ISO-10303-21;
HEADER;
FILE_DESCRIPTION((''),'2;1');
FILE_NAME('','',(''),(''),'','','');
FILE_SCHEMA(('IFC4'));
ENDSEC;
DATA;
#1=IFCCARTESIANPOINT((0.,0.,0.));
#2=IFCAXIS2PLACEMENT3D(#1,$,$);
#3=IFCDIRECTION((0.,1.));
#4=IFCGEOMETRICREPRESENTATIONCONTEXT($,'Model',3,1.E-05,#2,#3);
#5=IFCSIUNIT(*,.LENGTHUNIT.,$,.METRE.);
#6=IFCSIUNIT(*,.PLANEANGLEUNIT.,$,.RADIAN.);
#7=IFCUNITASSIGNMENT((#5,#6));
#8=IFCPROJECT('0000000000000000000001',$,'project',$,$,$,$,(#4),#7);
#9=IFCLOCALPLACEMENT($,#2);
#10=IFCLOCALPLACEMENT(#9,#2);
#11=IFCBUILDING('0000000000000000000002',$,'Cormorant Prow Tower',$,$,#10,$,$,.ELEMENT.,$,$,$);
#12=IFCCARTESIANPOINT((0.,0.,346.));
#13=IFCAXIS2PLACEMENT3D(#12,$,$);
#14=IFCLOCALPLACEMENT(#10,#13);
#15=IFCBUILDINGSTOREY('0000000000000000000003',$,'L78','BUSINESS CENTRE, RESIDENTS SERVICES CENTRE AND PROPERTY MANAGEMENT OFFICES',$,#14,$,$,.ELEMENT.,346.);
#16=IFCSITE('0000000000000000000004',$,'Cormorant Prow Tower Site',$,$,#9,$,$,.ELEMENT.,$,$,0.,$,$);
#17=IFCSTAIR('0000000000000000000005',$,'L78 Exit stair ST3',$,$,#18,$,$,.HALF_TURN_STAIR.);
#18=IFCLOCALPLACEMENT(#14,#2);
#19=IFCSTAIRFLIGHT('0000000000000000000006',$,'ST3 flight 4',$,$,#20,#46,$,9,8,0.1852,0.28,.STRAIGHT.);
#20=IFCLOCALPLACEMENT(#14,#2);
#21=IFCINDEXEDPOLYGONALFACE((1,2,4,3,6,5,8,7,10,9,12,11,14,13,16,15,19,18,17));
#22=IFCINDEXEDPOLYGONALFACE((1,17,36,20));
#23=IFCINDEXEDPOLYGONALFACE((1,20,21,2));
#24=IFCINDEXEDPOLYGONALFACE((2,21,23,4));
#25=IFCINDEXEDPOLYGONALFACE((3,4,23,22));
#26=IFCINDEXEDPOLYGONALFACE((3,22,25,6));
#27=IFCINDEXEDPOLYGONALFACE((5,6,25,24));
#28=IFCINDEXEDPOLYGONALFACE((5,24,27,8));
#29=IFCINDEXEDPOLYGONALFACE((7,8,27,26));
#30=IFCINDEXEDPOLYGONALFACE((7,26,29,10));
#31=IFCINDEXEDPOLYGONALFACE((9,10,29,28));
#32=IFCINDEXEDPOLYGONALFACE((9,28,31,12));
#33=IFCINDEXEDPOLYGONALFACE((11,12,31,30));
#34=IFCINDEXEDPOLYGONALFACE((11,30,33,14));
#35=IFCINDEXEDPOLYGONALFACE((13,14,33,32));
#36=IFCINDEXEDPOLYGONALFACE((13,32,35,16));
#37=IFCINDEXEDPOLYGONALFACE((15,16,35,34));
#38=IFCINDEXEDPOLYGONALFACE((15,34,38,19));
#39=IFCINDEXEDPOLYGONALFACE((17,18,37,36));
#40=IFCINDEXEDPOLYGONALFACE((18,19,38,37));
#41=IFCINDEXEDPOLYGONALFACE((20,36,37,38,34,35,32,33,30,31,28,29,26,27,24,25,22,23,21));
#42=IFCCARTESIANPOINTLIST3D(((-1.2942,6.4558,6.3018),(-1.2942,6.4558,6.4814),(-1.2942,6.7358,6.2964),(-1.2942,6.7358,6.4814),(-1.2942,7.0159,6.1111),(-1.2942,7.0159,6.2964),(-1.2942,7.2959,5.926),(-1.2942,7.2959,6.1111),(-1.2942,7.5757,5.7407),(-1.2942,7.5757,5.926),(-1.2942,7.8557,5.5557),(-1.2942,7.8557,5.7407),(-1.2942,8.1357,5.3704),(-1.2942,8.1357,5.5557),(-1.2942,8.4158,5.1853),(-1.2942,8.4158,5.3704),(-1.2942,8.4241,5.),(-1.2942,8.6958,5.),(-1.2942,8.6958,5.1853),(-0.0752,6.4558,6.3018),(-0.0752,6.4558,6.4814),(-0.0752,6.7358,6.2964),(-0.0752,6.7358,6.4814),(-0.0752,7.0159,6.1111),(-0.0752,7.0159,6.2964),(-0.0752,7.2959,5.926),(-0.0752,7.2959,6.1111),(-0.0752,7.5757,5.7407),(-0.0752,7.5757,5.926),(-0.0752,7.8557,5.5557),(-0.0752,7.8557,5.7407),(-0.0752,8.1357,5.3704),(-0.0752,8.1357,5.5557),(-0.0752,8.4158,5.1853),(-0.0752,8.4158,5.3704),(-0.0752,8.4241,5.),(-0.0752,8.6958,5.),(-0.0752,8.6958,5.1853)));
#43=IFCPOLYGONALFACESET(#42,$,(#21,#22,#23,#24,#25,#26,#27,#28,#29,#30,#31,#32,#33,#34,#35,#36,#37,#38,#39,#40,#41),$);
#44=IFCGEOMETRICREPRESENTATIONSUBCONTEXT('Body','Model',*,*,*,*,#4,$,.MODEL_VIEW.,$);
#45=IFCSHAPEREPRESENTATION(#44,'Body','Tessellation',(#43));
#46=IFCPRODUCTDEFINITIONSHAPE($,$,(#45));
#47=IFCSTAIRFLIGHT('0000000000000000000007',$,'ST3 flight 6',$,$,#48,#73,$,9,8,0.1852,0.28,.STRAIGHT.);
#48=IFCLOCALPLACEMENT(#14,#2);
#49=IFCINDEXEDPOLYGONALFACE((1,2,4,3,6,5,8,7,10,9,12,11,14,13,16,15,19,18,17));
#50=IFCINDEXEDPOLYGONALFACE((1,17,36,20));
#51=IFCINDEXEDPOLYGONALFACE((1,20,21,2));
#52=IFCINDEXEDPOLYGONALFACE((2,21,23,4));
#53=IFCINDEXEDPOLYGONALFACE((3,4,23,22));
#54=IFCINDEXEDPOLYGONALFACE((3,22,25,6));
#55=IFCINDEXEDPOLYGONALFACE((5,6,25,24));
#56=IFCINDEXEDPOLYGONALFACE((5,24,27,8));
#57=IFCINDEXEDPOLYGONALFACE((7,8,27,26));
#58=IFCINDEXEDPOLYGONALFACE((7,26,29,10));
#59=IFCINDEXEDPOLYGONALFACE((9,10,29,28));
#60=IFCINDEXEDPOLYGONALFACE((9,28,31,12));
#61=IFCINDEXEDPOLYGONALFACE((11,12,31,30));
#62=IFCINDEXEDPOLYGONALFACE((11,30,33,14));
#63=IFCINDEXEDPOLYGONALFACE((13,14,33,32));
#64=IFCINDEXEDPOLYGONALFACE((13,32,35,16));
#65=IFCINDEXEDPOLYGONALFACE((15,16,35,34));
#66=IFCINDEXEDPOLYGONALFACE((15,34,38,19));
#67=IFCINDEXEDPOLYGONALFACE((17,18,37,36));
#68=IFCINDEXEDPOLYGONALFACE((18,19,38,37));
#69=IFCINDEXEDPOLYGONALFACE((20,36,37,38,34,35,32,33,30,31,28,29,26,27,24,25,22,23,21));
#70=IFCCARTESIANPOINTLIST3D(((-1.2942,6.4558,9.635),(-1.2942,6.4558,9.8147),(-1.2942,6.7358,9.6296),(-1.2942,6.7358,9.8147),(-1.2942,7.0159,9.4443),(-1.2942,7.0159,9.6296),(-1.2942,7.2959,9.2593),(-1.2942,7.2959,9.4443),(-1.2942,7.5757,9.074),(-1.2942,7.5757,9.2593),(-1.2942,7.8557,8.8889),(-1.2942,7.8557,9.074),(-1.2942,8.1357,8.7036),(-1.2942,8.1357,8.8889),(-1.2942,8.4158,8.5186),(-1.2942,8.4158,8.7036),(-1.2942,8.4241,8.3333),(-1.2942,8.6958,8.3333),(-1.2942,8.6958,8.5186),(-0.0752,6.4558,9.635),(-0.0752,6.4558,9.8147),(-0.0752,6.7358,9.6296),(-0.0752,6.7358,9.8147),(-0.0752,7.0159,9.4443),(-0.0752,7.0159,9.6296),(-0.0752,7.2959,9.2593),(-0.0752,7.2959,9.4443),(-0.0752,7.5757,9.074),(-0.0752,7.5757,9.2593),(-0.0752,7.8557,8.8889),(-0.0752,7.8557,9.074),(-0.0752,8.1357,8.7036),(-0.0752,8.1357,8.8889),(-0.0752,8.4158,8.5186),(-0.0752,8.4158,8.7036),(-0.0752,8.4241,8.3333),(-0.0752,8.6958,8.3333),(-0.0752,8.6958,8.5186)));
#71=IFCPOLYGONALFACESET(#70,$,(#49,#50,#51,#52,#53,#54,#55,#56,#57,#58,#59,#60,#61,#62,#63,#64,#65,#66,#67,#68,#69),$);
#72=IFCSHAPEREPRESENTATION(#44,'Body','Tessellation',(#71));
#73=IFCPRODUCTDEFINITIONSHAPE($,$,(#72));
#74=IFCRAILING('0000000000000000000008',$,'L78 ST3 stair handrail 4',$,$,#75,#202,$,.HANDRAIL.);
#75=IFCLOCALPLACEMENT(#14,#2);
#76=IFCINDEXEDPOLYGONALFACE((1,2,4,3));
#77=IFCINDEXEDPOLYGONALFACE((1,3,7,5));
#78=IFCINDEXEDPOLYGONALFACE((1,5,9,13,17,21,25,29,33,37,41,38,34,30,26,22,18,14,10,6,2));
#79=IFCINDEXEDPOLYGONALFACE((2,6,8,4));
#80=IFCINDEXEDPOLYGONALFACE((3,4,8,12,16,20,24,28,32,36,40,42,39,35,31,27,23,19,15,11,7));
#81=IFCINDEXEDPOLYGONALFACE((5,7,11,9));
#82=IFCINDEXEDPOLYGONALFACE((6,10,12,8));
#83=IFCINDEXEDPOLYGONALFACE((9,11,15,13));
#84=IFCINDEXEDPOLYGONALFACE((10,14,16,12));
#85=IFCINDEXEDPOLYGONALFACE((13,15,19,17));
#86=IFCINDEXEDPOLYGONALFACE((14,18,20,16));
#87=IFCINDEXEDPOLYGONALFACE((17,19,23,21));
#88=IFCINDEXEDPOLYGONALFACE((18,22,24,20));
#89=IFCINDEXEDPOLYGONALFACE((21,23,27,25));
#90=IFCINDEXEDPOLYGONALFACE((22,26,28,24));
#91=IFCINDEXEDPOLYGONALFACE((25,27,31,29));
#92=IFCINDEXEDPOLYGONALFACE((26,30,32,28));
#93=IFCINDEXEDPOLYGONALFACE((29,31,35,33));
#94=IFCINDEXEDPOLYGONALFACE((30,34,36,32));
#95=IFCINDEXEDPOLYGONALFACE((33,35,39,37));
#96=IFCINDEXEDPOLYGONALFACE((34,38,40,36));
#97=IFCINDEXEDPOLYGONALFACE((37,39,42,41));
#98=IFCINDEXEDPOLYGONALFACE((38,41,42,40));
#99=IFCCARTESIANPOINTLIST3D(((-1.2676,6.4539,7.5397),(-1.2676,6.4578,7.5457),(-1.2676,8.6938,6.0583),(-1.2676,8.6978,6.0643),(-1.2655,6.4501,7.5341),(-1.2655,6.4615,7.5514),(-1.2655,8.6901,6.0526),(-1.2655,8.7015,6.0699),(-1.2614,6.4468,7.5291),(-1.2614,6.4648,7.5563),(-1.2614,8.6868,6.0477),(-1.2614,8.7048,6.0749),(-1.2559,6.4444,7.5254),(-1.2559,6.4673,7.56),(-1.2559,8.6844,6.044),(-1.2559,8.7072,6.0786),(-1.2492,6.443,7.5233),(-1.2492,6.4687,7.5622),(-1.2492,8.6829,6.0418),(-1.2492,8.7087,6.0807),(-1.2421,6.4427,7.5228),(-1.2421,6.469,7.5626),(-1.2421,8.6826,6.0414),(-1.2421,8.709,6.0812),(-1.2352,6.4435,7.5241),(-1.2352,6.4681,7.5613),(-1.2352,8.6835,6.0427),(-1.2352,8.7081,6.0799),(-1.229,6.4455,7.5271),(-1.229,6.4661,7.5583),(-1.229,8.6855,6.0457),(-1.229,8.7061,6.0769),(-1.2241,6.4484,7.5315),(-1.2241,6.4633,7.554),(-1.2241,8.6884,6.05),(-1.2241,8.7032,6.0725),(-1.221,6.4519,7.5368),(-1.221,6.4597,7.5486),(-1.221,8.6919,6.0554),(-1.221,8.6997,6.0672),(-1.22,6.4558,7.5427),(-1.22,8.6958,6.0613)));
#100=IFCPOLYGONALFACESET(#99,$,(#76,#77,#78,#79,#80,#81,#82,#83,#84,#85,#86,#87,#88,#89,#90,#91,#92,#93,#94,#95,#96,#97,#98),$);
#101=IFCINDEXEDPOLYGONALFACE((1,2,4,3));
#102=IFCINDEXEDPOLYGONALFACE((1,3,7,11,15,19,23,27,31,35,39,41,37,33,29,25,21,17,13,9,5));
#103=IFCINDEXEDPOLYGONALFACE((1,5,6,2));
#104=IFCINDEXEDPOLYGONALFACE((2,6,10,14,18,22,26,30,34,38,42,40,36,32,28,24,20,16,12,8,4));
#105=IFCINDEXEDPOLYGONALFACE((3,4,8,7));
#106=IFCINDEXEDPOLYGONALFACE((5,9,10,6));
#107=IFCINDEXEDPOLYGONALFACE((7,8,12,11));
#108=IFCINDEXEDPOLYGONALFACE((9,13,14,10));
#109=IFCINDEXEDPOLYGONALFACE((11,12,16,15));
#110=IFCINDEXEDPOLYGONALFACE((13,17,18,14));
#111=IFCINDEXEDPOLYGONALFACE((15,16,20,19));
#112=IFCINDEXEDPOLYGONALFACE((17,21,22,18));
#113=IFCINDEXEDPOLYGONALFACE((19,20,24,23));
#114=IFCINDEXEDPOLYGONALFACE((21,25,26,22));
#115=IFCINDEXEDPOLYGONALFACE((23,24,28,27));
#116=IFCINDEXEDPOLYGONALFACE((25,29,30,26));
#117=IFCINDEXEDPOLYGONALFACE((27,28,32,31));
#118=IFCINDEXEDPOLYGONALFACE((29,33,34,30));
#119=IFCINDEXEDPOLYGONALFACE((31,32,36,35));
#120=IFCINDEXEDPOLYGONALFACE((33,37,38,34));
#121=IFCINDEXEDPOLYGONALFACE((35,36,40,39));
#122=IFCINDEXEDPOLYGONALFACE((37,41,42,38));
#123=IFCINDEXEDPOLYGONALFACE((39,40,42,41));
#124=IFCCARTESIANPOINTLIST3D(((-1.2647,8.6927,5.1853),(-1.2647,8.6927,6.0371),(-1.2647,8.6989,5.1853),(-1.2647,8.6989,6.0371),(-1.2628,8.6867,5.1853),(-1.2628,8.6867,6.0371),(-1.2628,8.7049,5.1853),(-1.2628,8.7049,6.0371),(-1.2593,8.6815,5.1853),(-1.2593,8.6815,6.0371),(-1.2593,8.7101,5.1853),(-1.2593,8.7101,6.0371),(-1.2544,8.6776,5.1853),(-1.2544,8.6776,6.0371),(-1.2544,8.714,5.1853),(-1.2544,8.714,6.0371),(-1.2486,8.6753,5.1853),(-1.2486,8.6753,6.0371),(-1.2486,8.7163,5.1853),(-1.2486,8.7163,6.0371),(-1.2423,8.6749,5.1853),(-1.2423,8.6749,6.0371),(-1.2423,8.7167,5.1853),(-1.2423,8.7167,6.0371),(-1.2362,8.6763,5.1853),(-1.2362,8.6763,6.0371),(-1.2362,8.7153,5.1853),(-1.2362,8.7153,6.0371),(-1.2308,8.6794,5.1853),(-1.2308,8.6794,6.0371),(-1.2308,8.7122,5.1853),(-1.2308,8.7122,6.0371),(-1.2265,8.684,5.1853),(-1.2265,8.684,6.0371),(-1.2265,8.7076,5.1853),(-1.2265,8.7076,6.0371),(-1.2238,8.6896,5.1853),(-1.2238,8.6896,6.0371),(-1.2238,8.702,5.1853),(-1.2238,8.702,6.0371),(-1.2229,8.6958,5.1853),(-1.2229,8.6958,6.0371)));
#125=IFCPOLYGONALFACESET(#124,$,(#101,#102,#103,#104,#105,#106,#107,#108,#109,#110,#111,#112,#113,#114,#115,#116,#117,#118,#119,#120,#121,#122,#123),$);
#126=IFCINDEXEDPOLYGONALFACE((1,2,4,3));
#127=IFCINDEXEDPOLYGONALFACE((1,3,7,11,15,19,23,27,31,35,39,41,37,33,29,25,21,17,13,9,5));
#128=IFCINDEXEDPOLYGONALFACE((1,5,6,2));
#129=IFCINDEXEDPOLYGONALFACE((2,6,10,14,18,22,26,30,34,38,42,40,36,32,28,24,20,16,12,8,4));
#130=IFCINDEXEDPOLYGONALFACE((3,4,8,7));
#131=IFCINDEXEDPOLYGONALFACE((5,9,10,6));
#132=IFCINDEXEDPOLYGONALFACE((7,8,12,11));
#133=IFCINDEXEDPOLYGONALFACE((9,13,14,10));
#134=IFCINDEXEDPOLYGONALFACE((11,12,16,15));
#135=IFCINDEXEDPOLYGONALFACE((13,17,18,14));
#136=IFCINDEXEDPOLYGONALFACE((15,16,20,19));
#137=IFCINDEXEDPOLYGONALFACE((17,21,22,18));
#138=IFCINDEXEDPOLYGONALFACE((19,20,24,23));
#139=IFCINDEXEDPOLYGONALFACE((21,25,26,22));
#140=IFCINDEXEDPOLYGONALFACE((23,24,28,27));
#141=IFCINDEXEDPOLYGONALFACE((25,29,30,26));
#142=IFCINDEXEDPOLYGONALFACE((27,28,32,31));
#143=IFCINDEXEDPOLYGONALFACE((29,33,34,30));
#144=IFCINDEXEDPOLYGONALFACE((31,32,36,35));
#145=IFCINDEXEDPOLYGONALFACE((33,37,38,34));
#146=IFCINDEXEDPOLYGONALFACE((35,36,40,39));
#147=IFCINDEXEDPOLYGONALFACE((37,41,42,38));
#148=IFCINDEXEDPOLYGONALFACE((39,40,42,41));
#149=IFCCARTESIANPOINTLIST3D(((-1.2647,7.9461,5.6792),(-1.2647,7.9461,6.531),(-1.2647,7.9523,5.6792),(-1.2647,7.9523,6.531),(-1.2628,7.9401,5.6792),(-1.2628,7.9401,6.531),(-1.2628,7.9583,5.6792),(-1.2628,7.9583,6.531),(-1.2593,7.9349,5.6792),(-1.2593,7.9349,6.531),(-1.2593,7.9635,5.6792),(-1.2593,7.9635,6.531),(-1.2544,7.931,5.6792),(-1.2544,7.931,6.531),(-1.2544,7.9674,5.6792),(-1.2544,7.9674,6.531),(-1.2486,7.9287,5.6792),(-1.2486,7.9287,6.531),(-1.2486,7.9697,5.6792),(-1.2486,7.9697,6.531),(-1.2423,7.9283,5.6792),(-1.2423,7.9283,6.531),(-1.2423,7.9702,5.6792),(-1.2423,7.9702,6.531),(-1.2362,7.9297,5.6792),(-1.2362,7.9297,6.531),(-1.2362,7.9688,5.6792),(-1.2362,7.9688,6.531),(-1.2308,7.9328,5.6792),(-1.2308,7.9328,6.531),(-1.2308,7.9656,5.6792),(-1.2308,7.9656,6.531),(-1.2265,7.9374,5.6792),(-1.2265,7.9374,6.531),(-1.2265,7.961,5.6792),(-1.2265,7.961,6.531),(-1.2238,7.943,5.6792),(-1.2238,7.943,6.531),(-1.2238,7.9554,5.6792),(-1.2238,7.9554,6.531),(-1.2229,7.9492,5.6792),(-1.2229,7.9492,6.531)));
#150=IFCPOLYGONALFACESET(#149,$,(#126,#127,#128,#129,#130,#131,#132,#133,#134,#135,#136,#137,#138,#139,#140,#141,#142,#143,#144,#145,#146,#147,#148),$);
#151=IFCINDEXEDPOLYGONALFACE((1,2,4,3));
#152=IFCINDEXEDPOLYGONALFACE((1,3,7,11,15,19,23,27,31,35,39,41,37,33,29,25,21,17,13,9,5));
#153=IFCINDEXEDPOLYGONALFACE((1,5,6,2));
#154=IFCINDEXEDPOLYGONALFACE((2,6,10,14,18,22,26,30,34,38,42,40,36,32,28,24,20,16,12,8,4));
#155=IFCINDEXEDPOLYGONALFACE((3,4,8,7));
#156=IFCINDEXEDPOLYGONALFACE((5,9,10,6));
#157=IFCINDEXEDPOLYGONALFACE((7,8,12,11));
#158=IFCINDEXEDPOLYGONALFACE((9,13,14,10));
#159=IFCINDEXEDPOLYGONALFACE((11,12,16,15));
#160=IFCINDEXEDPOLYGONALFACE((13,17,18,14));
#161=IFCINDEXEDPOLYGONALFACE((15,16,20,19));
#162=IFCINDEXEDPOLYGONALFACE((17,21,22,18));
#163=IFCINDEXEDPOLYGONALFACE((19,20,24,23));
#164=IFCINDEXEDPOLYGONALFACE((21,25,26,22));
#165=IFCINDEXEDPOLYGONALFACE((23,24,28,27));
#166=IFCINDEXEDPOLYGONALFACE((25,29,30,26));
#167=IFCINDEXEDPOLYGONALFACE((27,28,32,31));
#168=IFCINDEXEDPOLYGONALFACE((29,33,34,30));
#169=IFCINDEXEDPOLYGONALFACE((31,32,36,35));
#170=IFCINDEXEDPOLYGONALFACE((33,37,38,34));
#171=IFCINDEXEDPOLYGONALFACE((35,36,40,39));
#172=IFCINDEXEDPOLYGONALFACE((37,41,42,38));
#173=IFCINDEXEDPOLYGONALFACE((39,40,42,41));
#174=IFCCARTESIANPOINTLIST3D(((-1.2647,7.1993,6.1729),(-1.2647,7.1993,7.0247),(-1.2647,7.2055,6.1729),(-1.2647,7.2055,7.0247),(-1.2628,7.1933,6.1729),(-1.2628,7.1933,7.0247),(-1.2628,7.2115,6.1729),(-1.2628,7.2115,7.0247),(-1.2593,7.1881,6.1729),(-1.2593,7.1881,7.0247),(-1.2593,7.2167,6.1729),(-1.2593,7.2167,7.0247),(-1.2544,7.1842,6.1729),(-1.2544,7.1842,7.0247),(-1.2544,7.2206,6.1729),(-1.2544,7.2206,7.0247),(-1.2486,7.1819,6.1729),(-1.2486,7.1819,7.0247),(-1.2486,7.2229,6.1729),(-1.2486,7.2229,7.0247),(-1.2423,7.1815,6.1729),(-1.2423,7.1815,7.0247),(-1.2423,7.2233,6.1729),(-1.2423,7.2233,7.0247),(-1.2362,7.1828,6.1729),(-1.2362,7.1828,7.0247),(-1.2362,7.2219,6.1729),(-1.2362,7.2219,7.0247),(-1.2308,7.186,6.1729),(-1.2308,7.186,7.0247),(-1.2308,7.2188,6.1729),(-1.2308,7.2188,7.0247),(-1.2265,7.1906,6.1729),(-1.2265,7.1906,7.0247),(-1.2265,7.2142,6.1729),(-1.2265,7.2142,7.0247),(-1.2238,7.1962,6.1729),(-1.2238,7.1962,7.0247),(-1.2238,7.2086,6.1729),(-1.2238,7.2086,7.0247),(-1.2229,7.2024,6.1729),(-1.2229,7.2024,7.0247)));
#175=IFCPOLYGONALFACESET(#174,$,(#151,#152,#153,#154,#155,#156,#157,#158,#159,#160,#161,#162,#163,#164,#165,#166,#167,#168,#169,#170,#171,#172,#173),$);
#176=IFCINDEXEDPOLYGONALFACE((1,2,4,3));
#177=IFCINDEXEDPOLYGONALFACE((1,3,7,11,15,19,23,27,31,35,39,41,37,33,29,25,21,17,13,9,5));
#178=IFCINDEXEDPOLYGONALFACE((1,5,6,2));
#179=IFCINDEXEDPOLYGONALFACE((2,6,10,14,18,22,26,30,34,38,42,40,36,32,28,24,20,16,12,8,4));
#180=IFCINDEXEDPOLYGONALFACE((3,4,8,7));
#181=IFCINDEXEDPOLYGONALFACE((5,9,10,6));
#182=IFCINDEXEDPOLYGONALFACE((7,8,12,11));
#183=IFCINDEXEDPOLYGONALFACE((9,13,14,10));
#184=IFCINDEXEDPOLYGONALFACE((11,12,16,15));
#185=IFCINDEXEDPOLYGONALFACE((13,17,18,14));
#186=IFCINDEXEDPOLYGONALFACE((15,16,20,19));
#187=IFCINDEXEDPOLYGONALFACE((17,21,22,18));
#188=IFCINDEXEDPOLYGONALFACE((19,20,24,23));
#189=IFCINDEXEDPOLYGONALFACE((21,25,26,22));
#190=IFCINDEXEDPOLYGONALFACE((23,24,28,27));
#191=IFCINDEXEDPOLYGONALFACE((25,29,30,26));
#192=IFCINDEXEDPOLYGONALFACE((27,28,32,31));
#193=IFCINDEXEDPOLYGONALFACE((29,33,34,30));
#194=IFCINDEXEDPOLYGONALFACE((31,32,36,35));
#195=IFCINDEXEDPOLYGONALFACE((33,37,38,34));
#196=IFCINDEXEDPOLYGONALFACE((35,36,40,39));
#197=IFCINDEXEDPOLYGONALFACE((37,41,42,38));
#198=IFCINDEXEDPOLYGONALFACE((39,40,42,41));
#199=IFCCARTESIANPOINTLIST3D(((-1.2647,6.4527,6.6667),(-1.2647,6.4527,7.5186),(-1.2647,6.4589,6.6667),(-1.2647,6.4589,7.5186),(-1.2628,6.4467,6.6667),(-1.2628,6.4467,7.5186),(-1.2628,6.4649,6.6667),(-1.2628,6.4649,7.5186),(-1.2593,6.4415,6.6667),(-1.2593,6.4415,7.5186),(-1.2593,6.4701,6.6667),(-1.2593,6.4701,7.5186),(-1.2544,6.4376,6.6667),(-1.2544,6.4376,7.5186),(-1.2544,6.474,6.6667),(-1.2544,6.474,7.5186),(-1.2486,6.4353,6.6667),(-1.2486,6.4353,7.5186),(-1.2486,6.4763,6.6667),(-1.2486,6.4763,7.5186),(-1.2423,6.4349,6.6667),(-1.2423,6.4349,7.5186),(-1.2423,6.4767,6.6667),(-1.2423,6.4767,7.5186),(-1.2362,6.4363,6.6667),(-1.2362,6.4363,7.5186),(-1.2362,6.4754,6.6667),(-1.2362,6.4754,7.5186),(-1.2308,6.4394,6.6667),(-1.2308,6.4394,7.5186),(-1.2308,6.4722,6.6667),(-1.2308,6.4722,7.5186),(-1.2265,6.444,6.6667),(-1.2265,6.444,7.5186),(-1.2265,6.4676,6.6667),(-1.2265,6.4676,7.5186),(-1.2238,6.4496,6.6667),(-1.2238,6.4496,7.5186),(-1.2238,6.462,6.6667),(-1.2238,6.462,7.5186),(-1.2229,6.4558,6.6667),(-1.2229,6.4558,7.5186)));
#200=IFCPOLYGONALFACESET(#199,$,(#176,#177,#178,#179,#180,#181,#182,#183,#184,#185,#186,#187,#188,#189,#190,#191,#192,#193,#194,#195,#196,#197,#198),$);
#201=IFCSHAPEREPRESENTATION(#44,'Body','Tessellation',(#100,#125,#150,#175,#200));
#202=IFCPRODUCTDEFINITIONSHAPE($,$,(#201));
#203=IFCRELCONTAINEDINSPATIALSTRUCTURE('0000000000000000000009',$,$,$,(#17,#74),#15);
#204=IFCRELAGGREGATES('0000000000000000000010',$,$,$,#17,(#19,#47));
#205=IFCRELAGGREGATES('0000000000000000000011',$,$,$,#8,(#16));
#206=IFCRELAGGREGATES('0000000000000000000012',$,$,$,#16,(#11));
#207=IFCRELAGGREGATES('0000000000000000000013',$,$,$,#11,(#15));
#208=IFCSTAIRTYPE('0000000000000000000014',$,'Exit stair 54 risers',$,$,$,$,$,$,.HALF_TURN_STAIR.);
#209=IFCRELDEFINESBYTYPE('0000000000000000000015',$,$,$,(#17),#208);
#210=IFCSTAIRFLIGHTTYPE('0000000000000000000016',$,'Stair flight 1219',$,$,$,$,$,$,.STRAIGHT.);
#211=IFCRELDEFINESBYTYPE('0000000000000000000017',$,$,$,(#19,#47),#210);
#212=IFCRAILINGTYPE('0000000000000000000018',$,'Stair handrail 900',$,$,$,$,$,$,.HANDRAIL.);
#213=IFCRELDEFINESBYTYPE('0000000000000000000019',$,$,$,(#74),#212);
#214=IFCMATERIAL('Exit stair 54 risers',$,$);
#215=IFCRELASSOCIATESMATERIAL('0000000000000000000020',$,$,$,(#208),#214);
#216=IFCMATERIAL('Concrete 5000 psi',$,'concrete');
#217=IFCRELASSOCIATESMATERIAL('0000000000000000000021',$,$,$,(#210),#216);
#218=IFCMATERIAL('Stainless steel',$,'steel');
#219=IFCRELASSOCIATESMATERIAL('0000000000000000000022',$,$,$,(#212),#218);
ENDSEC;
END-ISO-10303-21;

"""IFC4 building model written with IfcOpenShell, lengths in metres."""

from ifc_helpers import new_model, si_unit, direction, frame, origin, origin_2d, place, context, subcontext, project, spatial, polyline, circle, outline, extrude, material, type_object, element, aggregate, save


model = new_model("IFC4")

# Units and contexts
model_context = context("Model", 3, precision=1e-05, world=origin(), true_north=direction((0.0, 1.0)))
body_context = subcontext(model_context, "Body", "Model", "MODEL_VIEW")
ifc_project = project(units=[si_unit("LENGTHUNIT", "METRE"), si_unit("PLANEANGLEUNIT", "RADIAN")], contexts=[model_context])

# Site, building, storey
site_placement = place(None, origin())
site = spatial("IfcSite", under=ifc_project, at=site_placement, Name="Cormorant Prow Tower Site", CompositionType="ELEMENT", RefElevation=0.0)
building_placement = place(site_placement, origin())
building = spatial("IfcBuilding", under=site, at=building_placement, Name="Cormorant Prow Tower", CompositionType="ELEMENT")
storey_placement = place(building_placement, frame((0.0, 0.0, 346.0)))
storey = spatial("IfcBuildingStorey", under=building, at=storey_placement, Name="L78", Description="BUSINESS CENTRE, RESIDENTS SERVICES CENTRE AND PROPERTY MANAGEMENT OFFICES", CompositionType="ELEMENT", Elevation=346.0)

# Shared definitions
ifc_material_1 = material(Name="Exit stair 54 risers")
stair_type = type_object("IfcStairType", Name="Exit stair 54 risers", PredefinedType="HALF_TURN_STAIR", material=ifc_material_1)

# Stair, stair flights
stair_1_placement = place(storey_placement, origin())
stair_1 = element("IfcStair", 1, at=stair_1_placement, inside=storey, type_object=stair_type, Name="L78 Exit stair ST3", PredefinedType="HALF_TURN_STAIR")
ifc_material_2 = material(Name="Concrete 5000 psi", Category="concrete")
stair_flight_type = type_object("IfcStairFlightType", Name="Stair flight 1219", PredefinedType="STRAIGHT", material=ifc_material_2)
stair_flight_1_placement = place(storey_placement, frame((-0.6846, 8.6958, 5.0), z_axis=(0.0, 0.0, 1.0), x_axis=(0.0, -1.0, 0.0)))
stair_flight_1 = element("IfcStairFlight", 2, at=stair_flight_1_placement, type_object=stair_flight_type, Name="ST3 flight 4", NumberOfRisers=9, NumberOfTreads=8, PredefinedType="STRAIGHT", RiserHeight=0.1852, TreadLength=0.28, context=body_context, shape_type="SweptSolid", body=[
    extrude(outline(polyline([(0.0, 0.0), (0.0, 0.1853), (0.28, 0.1853), (0.28, 0.3704), (0.5601, 0.3704), (0.5601, 0.5557), (0.8401, 0.5557), (0.8401, 0.7407), (1.1201, 0.7407), (1.1201, 0.926), (1.3999, 0.926), (1.3999, 1.1111), (1.6799, 1.1111), (1.6799, 1.2964), (1.96, 1.2964), (1.96, 1.4814), (2.24, 1.4814), (2.24, 1.6667), (2.24, 1.3018), (0.2717, 0.0), (0.0, 0.0)])), frame((0.0, 0.6094, 0.0), z_axis=(0.0, -1.0, 0.0), x_axis=(1.0, 0.0, 0.0)), (0.0, 0.0, 1.0), 1.219),
])
stair_flight_2_placement = place(storey_placement, frame((-0.6846, 8.6958, 8.3333), z_axis=(0.0, 0.0, 1.0), x_axis=(0.0, -1.0, 0.0)))
stair_flight_2 = element("IfcStairFlight", 3, at=stair_flight_2_placement, type_object=stair_flight_type, Name="ST3 flight 6", NumberOfRisers=9, NumberOfTreads=8, PredefinedType="STRAIGHT", RiserHeight=0.1852, TreadLength=0.28, context=body_context, shape_type="SweptSolid", body=[
    extrude(outline(polyline([(0.0, 0.0), (0.0, 0.1853), (0.28, 0.1853), (0.28, 0.3704), (0.5601, 0.3704), (0.5601, 0.5557), (0.8401, 0.5557), (0.8401, 0.7407), (1.1201, 0.7407), (1.1201, 0.926), (1.3999, 0.926), (1.3999, 1.1111), (1.6799, 1.1111), (1.6799, 1.2964), (1.96, 1.2964), (1.96, 1.4814), (2.24, 1.4814), (2.24, 1.6667), (2.24, 1.3018), (0.2717, 0.0), (0.0, 0.0)])), frame((0.0, 0.6094, 0.0), z_axis=(0.0, -1.0, 0.0), x_axis=(1.0, 0.0, 0.0)), (0.0, 0.0, 1.0), 1.219),
])
aggregate(stair_1, [stair_flight_1, stair_flight_2])

# Railing
ifc_material_3 = material(Name="Stainless steel", Category="steel")
railing_type = type_object("IfcRailingType", Name="Stair handrail 900", PredefinedType="HANDRAIL", material=ifc_material_3)
for number, where, name in (
    (4, (-1.2439, 8.6958, 5.1853), "L78 ST3 stair handrail 4"),
):
    element("IfcRailing", number, at=place(storey_placement, frame(where)), inside=storey, type_object=railing_type, Name=name, PredefinedType="HANDRAIL", context=body_context, shape_type="SweptSolid", body=[
        extrude(circle(Radius=0.0239, at=origin_2d()), frame((0.0, 0.0, 0.876), z_axis=(0.0, -0.834087, 0.551634), x_axis=(1.0, 0.0, 0.0)), (0.0, 0.0, 1.0), 2.6855),
        extrude(circle(Radius=0.021, at=origin_2d()), origin(), (0.0, 0.0, 1.0), 0.8518),
        extrude(circle(Radius=0.021, at=origin_2d()), frame((0.0, -0.7466, 0.4939)), (0.0, 0.0, 1.0), 0.8518),
        extrude(circle(Radius=0.021, at=origin_2d()), frame((0.0, -1.4934, 0.9875)), (0.0, 0.0, 1.0), 0.8518),
        extrude(circle(Radius=0.021, at=origin_2d()), frame((0.0, -2.24, 1.4814)), (0.0, 0.0, 1.0), 0.8518),
    ])

save(model, "model.ifc")
